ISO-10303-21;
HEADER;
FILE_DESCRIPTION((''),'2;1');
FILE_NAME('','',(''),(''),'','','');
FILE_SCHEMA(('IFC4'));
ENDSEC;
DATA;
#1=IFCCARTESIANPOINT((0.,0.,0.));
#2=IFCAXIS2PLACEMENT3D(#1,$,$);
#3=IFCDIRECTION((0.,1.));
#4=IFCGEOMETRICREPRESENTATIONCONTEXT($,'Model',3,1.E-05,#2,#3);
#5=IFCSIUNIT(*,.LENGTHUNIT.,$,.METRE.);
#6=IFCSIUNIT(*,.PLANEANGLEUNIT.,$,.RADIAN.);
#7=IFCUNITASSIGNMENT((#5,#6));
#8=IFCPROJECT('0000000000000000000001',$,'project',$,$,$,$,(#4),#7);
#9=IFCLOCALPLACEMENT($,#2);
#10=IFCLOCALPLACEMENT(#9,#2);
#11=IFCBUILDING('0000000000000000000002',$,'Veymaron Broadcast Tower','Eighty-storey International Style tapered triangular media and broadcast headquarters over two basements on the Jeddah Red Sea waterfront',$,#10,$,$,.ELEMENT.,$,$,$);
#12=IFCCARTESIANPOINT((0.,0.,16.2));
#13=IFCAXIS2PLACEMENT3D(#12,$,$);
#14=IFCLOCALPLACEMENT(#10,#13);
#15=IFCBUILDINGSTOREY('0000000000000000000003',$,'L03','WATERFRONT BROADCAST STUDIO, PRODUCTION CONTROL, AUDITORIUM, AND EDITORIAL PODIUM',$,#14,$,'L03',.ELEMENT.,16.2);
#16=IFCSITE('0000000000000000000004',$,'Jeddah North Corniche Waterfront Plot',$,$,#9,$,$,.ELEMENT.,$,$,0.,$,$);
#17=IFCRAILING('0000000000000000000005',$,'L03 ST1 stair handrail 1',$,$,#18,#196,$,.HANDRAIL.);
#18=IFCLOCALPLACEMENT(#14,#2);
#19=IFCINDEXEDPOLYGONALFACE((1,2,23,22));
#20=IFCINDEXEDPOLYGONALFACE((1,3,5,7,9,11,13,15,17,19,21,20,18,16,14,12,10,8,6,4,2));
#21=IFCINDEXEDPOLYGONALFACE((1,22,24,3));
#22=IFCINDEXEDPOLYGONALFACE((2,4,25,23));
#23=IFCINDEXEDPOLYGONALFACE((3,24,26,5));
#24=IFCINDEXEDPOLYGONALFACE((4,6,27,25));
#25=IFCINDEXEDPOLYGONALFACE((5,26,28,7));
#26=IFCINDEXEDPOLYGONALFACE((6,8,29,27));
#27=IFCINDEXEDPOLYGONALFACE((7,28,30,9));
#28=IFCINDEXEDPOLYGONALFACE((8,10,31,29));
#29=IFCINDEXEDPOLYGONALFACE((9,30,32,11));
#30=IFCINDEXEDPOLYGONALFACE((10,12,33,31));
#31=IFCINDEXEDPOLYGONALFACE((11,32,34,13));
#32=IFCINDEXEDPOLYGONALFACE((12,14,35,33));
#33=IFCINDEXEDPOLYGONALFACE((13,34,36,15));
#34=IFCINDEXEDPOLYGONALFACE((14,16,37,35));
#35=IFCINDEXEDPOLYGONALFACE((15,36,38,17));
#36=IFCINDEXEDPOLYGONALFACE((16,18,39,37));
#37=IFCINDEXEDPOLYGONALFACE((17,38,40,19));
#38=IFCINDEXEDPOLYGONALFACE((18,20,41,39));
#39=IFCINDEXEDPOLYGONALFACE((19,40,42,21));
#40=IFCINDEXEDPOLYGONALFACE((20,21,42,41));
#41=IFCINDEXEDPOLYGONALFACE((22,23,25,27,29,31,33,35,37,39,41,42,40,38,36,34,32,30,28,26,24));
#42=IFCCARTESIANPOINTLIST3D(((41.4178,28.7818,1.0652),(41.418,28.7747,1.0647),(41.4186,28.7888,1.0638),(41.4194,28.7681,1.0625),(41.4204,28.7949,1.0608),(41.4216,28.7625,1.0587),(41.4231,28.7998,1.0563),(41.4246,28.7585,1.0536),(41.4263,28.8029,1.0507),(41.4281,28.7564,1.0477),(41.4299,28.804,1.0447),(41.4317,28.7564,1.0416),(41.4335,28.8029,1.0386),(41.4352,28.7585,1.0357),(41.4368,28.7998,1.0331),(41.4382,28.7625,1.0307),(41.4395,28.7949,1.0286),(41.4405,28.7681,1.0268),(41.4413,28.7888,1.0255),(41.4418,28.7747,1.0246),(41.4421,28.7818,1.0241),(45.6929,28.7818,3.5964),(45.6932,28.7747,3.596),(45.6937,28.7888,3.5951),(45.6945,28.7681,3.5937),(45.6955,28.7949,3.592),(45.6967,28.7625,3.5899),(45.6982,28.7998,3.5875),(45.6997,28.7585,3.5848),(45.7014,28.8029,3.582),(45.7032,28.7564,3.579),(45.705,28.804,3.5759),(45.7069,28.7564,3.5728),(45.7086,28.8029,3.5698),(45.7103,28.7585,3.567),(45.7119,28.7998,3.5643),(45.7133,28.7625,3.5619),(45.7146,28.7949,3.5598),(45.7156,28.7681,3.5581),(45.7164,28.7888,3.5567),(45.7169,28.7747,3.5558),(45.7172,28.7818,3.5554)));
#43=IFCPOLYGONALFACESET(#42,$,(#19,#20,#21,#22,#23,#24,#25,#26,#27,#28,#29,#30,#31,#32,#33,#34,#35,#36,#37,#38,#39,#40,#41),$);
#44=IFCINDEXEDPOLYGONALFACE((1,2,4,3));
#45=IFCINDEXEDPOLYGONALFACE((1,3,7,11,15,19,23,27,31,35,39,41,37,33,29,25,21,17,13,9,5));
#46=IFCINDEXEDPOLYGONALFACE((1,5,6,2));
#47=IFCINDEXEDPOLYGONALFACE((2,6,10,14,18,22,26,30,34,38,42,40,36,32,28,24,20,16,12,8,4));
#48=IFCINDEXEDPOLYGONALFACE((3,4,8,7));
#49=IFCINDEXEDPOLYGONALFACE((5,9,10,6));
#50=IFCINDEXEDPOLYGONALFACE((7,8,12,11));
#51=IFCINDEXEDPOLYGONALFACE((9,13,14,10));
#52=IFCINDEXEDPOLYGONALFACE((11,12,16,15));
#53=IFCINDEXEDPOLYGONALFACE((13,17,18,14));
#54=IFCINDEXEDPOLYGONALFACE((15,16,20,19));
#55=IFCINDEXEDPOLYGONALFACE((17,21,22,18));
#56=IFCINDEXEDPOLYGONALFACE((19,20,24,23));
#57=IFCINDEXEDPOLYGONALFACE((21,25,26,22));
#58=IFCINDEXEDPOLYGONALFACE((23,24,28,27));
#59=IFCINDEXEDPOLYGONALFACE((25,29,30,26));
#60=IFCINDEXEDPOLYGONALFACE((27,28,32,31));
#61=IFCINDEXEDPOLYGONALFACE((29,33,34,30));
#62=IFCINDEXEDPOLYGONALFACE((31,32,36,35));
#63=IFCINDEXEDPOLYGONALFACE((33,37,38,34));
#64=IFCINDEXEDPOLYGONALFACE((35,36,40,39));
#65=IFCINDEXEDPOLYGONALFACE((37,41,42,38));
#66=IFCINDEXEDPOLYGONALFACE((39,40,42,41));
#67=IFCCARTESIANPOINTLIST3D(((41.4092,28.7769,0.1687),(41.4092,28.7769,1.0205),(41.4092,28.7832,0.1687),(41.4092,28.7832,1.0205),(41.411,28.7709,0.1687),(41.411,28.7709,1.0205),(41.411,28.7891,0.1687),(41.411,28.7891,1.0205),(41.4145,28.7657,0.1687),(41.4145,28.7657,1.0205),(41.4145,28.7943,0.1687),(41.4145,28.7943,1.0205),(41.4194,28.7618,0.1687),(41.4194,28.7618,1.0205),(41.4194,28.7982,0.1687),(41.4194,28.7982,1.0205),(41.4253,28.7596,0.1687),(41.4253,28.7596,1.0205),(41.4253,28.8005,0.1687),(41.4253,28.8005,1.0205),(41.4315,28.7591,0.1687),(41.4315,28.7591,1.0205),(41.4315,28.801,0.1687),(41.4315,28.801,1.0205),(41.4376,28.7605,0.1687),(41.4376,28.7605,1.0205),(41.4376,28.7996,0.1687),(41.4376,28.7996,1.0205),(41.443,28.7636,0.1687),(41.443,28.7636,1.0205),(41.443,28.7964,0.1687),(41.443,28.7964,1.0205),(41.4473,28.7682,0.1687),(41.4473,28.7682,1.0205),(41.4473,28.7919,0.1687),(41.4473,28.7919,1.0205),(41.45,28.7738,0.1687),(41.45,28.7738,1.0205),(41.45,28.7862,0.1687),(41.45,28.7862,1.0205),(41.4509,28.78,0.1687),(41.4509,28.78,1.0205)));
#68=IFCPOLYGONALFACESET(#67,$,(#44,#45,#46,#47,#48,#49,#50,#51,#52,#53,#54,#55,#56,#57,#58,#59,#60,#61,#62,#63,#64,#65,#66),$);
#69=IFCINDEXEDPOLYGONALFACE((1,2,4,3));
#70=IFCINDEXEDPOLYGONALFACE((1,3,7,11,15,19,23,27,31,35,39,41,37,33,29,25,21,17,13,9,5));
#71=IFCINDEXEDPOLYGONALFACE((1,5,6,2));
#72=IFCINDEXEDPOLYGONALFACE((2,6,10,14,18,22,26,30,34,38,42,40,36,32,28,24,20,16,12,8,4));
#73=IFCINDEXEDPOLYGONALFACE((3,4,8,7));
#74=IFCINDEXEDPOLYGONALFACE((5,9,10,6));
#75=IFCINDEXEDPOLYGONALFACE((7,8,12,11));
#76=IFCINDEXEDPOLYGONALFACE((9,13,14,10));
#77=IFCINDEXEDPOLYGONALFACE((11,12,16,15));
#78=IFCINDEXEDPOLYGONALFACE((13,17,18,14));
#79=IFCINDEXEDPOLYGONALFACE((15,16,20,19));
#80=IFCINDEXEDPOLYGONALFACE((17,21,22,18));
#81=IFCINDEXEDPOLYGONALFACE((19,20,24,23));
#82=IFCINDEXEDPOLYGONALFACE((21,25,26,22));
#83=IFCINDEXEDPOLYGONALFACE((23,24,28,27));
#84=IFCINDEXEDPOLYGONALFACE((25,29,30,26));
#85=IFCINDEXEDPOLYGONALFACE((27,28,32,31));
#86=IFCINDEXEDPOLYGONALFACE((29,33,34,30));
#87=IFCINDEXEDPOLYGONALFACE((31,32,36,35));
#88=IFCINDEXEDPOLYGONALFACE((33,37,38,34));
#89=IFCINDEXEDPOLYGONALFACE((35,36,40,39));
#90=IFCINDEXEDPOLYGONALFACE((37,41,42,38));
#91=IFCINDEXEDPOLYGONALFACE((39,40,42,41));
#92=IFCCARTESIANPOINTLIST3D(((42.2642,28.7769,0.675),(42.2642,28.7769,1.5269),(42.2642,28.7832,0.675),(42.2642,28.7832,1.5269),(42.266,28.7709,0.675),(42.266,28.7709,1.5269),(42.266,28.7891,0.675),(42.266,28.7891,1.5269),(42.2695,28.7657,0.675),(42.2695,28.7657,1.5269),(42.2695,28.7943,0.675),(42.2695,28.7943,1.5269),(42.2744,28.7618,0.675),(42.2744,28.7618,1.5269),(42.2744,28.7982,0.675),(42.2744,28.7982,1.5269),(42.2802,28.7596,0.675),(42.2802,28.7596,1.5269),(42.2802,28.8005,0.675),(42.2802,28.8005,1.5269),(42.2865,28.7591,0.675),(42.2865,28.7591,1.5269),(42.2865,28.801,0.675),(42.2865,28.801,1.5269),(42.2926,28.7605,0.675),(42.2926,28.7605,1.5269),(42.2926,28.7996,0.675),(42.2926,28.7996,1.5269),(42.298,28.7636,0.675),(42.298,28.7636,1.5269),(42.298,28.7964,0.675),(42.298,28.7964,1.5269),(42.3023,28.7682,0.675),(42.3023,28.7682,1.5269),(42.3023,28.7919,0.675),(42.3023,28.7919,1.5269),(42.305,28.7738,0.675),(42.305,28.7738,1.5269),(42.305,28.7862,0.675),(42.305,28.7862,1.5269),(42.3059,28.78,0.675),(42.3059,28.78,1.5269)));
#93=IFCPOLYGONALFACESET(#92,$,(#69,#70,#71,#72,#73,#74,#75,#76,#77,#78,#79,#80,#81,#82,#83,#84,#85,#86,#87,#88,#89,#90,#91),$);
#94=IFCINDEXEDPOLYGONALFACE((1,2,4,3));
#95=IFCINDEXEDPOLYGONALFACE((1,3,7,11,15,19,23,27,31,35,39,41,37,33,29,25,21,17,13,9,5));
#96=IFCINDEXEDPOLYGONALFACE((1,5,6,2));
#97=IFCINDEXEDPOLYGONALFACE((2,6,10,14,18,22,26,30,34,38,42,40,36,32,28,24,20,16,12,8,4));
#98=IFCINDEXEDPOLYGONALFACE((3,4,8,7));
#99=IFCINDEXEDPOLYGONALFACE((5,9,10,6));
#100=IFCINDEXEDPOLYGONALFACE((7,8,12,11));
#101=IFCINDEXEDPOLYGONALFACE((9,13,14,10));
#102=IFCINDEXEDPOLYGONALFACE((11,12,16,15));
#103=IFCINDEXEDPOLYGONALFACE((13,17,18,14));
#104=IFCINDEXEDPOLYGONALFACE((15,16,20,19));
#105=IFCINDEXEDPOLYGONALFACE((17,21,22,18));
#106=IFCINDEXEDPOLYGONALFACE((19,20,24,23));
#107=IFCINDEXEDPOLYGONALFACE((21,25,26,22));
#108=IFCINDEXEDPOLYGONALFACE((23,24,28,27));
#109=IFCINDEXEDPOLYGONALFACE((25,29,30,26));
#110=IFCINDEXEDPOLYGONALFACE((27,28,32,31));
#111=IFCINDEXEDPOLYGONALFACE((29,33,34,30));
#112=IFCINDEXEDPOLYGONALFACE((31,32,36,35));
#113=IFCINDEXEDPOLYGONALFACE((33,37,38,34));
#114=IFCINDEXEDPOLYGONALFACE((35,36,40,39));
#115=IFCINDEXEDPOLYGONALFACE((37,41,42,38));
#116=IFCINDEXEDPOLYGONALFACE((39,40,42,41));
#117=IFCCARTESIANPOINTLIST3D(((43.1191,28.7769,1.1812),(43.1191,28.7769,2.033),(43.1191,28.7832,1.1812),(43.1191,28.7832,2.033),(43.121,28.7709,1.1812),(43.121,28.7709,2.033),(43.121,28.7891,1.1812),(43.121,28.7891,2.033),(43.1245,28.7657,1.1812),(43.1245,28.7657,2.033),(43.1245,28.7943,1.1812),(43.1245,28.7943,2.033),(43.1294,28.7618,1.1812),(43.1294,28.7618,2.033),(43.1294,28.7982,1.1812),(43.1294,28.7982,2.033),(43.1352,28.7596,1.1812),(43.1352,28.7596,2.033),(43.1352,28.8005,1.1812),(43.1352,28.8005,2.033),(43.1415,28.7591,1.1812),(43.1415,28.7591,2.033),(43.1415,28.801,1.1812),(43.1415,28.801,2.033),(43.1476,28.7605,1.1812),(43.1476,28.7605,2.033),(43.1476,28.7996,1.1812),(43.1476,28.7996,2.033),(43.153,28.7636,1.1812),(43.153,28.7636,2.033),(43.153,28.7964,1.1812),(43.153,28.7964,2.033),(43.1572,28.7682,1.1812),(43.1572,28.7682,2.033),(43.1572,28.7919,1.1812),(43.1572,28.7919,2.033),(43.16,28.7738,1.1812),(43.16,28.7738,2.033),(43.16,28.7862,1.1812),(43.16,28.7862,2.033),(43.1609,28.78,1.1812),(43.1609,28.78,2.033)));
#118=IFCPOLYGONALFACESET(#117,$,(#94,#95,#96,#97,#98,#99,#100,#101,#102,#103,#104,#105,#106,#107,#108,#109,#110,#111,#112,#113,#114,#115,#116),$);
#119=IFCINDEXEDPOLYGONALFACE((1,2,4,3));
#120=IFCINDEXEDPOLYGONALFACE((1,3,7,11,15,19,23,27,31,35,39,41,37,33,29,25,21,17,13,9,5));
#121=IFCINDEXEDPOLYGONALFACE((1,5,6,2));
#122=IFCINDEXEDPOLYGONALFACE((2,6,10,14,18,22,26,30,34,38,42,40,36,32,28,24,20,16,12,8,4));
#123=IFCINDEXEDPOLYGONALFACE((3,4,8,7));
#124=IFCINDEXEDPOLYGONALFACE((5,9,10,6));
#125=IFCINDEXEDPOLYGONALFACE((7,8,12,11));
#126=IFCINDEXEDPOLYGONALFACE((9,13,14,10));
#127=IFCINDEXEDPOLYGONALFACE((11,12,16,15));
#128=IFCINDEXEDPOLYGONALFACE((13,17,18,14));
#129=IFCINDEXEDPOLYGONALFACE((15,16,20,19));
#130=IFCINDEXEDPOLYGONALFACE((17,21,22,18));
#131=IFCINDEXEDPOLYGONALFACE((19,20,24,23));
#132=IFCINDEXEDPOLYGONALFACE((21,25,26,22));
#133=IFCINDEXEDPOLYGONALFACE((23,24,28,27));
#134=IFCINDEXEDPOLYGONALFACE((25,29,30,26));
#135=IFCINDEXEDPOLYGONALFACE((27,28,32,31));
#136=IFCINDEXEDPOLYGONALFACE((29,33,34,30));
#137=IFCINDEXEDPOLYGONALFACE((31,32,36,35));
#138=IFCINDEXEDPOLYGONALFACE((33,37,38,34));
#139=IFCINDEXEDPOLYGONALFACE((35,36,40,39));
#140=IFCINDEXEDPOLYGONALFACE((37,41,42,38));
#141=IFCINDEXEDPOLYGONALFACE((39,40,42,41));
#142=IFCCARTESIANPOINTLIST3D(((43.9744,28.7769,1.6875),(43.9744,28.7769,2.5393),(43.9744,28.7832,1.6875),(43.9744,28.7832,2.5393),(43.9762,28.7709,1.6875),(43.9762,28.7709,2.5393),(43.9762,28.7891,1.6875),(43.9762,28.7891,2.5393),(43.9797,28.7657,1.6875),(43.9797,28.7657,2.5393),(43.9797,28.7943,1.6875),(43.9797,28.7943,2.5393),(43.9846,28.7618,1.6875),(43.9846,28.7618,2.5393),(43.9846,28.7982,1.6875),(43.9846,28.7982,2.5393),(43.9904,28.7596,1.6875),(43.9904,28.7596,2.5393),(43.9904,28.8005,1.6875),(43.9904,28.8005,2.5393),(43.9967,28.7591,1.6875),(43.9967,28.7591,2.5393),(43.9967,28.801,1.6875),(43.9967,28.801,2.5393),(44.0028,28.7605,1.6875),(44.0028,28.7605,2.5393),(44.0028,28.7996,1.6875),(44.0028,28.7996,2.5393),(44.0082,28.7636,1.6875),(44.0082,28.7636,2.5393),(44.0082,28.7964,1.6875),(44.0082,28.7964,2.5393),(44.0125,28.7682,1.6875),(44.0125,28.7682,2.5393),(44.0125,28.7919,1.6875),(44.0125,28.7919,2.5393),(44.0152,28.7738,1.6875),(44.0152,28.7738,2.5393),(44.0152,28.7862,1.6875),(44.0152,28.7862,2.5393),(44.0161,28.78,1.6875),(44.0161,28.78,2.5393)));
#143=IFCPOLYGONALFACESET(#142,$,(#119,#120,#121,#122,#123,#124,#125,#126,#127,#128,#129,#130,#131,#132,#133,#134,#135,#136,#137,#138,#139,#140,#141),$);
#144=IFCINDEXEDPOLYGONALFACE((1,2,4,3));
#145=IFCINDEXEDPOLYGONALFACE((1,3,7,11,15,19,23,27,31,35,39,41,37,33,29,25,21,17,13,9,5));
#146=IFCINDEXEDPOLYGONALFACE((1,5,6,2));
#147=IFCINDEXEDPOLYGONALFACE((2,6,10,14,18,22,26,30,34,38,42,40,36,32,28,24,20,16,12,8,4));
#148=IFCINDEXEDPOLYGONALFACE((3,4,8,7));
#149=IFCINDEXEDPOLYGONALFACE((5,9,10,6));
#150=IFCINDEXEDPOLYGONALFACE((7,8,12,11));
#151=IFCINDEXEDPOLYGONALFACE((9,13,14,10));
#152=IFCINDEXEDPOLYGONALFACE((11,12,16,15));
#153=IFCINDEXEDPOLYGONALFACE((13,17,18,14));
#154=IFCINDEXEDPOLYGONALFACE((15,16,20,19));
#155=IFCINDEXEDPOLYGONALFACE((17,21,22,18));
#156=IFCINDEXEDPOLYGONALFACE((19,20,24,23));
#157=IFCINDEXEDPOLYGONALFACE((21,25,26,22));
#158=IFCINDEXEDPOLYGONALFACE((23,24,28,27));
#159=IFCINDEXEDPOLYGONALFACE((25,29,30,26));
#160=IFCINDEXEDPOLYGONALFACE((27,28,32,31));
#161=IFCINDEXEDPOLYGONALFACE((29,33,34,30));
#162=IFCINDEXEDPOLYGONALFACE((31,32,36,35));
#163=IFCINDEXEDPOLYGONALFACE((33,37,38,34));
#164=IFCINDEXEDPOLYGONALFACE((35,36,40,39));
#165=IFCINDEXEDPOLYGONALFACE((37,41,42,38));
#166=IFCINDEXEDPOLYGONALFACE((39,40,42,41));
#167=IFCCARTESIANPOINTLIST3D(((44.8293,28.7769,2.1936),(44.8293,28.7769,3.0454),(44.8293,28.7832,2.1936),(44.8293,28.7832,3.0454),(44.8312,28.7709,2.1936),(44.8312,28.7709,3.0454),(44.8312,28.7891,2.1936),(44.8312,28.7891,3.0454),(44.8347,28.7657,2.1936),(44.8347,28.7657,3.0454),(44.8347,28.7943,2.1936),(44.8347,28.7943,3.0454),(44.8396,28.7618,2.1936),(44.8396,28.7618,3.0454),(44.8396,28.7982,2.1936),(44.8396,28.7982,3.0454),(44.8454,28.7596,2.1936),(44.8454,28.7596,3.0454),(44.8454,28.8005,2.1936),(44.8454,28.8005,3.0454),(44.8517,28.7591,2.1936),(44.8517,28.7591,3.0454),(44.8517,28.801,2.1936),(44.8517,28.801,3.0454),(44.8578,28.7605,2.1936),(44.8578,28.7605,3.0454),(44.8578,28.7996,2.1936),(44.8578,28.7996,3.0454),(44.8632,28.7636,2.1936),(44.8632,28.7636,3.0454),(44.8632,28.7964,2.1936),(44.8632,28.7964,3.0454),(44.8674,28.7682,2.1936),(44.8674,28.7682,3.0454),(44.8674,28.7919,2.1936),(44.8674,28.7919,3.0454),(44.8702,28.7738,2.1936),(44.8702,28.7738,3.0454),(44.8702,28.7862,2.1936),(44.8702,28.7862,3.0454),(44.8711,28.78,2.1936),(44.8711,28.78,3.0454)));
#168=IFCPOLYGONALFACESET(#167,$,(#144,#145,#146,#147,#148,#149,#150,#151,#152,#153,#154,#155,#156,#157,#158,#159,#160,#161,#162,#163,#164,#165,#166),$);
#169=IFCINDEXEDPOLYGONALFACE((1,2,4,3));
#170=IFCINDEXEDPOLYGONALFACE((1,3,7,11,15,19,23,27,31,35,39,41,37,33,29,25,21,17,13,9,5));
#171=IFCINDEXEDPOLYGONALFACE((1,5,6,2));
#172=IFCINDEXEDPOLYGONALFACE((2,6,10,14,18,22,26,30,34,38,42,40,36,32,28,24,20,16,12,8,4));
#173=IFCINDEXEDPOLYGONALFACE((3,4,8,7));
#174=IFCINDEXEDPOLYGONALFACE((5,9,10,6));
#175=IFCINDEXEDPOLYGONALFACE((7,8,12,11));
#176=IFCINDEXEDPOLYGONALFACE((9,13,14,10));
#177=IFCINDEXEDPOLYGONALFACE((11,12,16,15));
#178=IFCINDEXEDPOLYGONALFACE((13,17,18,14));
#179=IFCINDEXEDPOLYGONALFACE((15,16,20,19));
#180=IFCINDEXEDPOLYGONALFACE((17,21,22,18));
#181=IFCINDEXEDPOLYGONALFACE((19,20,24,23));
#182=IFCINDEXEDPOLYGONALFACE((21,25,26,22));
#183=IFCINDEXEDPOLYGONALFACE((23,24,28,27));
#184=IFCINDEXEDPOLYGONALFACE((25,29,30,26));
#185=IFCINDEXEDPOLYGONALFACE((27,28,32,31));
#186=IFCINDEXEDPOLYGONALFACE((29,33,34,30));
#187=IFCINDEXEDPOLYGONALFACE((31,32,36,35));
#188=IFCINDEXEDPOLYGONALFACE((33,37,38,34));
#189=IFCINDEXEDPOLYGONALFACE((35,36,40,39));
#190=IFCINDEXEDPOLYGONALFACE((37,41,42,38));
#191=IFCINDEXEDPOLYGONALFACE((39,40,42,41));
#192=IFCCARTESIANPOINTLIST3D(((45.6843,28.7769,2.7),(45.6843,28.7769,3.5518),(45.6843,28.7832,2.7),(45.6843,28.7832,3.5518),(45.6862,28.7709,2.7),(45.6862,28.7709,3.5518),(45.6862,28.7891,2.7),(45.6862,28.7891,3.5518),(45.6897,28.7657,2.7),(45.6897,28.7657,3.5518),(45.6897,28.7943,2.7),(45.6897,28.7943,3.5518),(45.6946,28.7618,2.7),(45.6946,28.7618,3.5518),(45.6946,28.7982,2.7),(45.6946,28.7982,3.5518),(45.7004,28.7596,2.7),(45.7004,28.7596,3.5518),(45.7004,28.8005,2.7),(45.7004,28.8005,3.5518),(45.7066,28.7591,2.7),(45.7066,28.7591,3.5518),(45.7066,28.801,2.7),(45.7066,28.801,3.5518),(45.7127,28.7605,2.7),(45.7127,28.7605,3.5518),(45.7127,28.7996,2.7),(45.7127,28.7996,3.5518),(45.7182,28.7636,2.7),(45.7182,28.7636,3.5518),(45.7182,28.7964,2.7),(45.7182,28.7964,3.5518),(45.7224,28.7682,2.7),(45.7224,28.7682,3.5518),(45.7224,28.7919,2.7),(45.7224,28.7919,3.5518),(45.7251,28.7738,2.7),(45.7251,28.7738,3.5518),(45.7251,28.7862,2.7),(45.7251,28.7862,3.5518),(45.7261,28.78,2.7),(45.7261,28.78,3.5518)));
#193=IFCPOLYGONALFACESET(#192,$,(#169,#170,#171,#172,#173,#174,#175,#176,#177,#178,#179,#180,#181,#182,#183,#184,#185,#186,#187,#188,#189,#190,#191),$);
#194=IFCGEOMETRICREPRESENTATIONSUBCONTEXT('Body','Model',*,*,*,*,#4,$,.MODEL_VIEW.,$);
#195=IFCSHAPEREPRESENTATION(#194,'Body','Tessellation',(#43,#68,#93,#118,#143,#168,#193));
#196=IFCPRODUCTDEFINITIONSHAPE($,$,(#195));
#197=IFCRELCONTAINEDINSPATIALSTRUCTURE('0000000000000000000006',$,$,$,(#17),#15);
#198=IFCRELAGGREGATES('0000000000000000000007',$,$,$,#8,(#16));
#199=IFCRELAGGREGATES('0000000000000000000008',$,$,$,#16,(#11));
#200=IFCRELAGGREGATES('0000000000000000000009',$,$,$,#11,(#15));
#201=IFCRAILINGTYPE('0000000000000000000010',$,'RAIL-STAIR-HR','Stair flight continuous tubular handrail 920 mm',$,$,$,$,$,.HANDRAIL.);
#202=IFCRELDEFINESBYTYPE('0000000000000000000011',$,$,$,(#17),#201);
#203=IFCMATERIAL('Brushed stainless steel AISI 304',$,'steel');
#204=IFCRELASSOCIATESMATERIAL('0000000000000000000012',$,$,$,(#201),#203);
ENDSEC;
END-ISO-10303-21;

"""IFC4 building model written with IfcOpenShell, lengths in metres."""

from ifc_helpers import new_model, si_unit, direction, frame, origin, origin_2d, place, context, subcontext, project, spatial, circle, extrude, material, type_object, element, save


model = new_model("IFC4")

# Units and contexts
model_context = context("Model", 3, precision=1e-05, world=origin(), true_north=direction((0.0, 1.0)))
body_context = subcontext(model_context, "Body", "Model", "MODEL_VIEW")
ifc_project = project(units=[si_unit("LENGTHUNIT", "METRE"), si_unit("PLANEANGLEUNIT", "RADIAN")], contexts=[model_context])

# Site, building, storey
site_placement = place(None, origin())
site = spatial("IfcSite", under=ifc_project, at=site_placement, Name="Jeddah North Corniche Waterfront Plot", CompositionType="ELEMENT", RefElevation=0.0)
building_placement = place(site_placement, origin())
building = spatial("IfcBuilding", under=site, at=building_placement, Name="Veymaron Broadcast Tower", Description="Eighty-storey International Style tapered triangular media and broadcast headquarters over two basements on the Jeddah Red Sea waterfront", CompositionType="ELEMENT")
storey_placement = place(building_placement, frame((0.0, 0.0, 16.2)))
storey = spatial("IfcBuildingStorey", under=building, at=storey_placement, Name="L03", Description="WATERFRONT BROADCAST STUDIO, PRODUCTION CONTROL, AUDITORIUM, AND EDITORIAL PODIUM", LongName="L03", CompositionType="ELEMENT", Elevation=16.2)

# Shared definitions
ifc_material_1 = material(Name="Brushed stainless steel AISI 304", Category="steel")

# Railing
railing_type_1 = type_object("IfcRailingType", Name="RAIL-STAIR-HR", Description="Stair flight continuous tubular handrail 920 mm", PredefinedType="HANDRAIL", material=ifc_material_1)
railing_1_placement = place(storey_placement, frame((41.4299, 28.78, 0.1687)))
element("IfcRailing", 1, at=railing_1_placement, inside=storey, type_object=railing_type_1, Name="L03 ST1 stair handrail 1", PredefinedType="HANDRAIL", context=body_context, shape_type="SweptSolid", body=[
    extrude(circle(Radius=0.0239, at=origin_2d()), frame((0.0, 0.0, 0.876), z_axis=(0.860483, 0.0, 0.509479), x_axis=(0.0, 1.0, 0.0)), (0.0, 0.0, 1.0), 4.9683),
    extrude(circle(Radius=0.021, at=origin_2d()), origin(), (0.0, 0.0, 1.0), 0.8518),
    extrude(circle(Radius=0.021, at=origin_2d()), frame((0.855, 0.0, 0.5063)), (0.0, 0.0, 1.0), 0.8518),
    extrude(circle(Radius=0.021, at=origin_2d()), frame((1.71, 0.0, 1.0125)), (0.0, 0.0, 1.0), 0.8518),
    extrude(circle(Radius=0.021, at=origin_2d()), frame((2.5652, 0.0, 1.5188)), (0.0, 0.0, 1.0), 0.8518),
    extrude(circle(Radius=0.021, at=origin_2d()), frame((3.4202, 0.0, 2.0249)), (0.0, 0.0, 1.0), 0.8518),
    extrude(circle(Radius=0.021, at=origin_2d()), frame((4.2751, 0.0, 2.5312)), (0.0, 0.0, 1.0), 0.8518),
])

save(model, "model.ifc")
